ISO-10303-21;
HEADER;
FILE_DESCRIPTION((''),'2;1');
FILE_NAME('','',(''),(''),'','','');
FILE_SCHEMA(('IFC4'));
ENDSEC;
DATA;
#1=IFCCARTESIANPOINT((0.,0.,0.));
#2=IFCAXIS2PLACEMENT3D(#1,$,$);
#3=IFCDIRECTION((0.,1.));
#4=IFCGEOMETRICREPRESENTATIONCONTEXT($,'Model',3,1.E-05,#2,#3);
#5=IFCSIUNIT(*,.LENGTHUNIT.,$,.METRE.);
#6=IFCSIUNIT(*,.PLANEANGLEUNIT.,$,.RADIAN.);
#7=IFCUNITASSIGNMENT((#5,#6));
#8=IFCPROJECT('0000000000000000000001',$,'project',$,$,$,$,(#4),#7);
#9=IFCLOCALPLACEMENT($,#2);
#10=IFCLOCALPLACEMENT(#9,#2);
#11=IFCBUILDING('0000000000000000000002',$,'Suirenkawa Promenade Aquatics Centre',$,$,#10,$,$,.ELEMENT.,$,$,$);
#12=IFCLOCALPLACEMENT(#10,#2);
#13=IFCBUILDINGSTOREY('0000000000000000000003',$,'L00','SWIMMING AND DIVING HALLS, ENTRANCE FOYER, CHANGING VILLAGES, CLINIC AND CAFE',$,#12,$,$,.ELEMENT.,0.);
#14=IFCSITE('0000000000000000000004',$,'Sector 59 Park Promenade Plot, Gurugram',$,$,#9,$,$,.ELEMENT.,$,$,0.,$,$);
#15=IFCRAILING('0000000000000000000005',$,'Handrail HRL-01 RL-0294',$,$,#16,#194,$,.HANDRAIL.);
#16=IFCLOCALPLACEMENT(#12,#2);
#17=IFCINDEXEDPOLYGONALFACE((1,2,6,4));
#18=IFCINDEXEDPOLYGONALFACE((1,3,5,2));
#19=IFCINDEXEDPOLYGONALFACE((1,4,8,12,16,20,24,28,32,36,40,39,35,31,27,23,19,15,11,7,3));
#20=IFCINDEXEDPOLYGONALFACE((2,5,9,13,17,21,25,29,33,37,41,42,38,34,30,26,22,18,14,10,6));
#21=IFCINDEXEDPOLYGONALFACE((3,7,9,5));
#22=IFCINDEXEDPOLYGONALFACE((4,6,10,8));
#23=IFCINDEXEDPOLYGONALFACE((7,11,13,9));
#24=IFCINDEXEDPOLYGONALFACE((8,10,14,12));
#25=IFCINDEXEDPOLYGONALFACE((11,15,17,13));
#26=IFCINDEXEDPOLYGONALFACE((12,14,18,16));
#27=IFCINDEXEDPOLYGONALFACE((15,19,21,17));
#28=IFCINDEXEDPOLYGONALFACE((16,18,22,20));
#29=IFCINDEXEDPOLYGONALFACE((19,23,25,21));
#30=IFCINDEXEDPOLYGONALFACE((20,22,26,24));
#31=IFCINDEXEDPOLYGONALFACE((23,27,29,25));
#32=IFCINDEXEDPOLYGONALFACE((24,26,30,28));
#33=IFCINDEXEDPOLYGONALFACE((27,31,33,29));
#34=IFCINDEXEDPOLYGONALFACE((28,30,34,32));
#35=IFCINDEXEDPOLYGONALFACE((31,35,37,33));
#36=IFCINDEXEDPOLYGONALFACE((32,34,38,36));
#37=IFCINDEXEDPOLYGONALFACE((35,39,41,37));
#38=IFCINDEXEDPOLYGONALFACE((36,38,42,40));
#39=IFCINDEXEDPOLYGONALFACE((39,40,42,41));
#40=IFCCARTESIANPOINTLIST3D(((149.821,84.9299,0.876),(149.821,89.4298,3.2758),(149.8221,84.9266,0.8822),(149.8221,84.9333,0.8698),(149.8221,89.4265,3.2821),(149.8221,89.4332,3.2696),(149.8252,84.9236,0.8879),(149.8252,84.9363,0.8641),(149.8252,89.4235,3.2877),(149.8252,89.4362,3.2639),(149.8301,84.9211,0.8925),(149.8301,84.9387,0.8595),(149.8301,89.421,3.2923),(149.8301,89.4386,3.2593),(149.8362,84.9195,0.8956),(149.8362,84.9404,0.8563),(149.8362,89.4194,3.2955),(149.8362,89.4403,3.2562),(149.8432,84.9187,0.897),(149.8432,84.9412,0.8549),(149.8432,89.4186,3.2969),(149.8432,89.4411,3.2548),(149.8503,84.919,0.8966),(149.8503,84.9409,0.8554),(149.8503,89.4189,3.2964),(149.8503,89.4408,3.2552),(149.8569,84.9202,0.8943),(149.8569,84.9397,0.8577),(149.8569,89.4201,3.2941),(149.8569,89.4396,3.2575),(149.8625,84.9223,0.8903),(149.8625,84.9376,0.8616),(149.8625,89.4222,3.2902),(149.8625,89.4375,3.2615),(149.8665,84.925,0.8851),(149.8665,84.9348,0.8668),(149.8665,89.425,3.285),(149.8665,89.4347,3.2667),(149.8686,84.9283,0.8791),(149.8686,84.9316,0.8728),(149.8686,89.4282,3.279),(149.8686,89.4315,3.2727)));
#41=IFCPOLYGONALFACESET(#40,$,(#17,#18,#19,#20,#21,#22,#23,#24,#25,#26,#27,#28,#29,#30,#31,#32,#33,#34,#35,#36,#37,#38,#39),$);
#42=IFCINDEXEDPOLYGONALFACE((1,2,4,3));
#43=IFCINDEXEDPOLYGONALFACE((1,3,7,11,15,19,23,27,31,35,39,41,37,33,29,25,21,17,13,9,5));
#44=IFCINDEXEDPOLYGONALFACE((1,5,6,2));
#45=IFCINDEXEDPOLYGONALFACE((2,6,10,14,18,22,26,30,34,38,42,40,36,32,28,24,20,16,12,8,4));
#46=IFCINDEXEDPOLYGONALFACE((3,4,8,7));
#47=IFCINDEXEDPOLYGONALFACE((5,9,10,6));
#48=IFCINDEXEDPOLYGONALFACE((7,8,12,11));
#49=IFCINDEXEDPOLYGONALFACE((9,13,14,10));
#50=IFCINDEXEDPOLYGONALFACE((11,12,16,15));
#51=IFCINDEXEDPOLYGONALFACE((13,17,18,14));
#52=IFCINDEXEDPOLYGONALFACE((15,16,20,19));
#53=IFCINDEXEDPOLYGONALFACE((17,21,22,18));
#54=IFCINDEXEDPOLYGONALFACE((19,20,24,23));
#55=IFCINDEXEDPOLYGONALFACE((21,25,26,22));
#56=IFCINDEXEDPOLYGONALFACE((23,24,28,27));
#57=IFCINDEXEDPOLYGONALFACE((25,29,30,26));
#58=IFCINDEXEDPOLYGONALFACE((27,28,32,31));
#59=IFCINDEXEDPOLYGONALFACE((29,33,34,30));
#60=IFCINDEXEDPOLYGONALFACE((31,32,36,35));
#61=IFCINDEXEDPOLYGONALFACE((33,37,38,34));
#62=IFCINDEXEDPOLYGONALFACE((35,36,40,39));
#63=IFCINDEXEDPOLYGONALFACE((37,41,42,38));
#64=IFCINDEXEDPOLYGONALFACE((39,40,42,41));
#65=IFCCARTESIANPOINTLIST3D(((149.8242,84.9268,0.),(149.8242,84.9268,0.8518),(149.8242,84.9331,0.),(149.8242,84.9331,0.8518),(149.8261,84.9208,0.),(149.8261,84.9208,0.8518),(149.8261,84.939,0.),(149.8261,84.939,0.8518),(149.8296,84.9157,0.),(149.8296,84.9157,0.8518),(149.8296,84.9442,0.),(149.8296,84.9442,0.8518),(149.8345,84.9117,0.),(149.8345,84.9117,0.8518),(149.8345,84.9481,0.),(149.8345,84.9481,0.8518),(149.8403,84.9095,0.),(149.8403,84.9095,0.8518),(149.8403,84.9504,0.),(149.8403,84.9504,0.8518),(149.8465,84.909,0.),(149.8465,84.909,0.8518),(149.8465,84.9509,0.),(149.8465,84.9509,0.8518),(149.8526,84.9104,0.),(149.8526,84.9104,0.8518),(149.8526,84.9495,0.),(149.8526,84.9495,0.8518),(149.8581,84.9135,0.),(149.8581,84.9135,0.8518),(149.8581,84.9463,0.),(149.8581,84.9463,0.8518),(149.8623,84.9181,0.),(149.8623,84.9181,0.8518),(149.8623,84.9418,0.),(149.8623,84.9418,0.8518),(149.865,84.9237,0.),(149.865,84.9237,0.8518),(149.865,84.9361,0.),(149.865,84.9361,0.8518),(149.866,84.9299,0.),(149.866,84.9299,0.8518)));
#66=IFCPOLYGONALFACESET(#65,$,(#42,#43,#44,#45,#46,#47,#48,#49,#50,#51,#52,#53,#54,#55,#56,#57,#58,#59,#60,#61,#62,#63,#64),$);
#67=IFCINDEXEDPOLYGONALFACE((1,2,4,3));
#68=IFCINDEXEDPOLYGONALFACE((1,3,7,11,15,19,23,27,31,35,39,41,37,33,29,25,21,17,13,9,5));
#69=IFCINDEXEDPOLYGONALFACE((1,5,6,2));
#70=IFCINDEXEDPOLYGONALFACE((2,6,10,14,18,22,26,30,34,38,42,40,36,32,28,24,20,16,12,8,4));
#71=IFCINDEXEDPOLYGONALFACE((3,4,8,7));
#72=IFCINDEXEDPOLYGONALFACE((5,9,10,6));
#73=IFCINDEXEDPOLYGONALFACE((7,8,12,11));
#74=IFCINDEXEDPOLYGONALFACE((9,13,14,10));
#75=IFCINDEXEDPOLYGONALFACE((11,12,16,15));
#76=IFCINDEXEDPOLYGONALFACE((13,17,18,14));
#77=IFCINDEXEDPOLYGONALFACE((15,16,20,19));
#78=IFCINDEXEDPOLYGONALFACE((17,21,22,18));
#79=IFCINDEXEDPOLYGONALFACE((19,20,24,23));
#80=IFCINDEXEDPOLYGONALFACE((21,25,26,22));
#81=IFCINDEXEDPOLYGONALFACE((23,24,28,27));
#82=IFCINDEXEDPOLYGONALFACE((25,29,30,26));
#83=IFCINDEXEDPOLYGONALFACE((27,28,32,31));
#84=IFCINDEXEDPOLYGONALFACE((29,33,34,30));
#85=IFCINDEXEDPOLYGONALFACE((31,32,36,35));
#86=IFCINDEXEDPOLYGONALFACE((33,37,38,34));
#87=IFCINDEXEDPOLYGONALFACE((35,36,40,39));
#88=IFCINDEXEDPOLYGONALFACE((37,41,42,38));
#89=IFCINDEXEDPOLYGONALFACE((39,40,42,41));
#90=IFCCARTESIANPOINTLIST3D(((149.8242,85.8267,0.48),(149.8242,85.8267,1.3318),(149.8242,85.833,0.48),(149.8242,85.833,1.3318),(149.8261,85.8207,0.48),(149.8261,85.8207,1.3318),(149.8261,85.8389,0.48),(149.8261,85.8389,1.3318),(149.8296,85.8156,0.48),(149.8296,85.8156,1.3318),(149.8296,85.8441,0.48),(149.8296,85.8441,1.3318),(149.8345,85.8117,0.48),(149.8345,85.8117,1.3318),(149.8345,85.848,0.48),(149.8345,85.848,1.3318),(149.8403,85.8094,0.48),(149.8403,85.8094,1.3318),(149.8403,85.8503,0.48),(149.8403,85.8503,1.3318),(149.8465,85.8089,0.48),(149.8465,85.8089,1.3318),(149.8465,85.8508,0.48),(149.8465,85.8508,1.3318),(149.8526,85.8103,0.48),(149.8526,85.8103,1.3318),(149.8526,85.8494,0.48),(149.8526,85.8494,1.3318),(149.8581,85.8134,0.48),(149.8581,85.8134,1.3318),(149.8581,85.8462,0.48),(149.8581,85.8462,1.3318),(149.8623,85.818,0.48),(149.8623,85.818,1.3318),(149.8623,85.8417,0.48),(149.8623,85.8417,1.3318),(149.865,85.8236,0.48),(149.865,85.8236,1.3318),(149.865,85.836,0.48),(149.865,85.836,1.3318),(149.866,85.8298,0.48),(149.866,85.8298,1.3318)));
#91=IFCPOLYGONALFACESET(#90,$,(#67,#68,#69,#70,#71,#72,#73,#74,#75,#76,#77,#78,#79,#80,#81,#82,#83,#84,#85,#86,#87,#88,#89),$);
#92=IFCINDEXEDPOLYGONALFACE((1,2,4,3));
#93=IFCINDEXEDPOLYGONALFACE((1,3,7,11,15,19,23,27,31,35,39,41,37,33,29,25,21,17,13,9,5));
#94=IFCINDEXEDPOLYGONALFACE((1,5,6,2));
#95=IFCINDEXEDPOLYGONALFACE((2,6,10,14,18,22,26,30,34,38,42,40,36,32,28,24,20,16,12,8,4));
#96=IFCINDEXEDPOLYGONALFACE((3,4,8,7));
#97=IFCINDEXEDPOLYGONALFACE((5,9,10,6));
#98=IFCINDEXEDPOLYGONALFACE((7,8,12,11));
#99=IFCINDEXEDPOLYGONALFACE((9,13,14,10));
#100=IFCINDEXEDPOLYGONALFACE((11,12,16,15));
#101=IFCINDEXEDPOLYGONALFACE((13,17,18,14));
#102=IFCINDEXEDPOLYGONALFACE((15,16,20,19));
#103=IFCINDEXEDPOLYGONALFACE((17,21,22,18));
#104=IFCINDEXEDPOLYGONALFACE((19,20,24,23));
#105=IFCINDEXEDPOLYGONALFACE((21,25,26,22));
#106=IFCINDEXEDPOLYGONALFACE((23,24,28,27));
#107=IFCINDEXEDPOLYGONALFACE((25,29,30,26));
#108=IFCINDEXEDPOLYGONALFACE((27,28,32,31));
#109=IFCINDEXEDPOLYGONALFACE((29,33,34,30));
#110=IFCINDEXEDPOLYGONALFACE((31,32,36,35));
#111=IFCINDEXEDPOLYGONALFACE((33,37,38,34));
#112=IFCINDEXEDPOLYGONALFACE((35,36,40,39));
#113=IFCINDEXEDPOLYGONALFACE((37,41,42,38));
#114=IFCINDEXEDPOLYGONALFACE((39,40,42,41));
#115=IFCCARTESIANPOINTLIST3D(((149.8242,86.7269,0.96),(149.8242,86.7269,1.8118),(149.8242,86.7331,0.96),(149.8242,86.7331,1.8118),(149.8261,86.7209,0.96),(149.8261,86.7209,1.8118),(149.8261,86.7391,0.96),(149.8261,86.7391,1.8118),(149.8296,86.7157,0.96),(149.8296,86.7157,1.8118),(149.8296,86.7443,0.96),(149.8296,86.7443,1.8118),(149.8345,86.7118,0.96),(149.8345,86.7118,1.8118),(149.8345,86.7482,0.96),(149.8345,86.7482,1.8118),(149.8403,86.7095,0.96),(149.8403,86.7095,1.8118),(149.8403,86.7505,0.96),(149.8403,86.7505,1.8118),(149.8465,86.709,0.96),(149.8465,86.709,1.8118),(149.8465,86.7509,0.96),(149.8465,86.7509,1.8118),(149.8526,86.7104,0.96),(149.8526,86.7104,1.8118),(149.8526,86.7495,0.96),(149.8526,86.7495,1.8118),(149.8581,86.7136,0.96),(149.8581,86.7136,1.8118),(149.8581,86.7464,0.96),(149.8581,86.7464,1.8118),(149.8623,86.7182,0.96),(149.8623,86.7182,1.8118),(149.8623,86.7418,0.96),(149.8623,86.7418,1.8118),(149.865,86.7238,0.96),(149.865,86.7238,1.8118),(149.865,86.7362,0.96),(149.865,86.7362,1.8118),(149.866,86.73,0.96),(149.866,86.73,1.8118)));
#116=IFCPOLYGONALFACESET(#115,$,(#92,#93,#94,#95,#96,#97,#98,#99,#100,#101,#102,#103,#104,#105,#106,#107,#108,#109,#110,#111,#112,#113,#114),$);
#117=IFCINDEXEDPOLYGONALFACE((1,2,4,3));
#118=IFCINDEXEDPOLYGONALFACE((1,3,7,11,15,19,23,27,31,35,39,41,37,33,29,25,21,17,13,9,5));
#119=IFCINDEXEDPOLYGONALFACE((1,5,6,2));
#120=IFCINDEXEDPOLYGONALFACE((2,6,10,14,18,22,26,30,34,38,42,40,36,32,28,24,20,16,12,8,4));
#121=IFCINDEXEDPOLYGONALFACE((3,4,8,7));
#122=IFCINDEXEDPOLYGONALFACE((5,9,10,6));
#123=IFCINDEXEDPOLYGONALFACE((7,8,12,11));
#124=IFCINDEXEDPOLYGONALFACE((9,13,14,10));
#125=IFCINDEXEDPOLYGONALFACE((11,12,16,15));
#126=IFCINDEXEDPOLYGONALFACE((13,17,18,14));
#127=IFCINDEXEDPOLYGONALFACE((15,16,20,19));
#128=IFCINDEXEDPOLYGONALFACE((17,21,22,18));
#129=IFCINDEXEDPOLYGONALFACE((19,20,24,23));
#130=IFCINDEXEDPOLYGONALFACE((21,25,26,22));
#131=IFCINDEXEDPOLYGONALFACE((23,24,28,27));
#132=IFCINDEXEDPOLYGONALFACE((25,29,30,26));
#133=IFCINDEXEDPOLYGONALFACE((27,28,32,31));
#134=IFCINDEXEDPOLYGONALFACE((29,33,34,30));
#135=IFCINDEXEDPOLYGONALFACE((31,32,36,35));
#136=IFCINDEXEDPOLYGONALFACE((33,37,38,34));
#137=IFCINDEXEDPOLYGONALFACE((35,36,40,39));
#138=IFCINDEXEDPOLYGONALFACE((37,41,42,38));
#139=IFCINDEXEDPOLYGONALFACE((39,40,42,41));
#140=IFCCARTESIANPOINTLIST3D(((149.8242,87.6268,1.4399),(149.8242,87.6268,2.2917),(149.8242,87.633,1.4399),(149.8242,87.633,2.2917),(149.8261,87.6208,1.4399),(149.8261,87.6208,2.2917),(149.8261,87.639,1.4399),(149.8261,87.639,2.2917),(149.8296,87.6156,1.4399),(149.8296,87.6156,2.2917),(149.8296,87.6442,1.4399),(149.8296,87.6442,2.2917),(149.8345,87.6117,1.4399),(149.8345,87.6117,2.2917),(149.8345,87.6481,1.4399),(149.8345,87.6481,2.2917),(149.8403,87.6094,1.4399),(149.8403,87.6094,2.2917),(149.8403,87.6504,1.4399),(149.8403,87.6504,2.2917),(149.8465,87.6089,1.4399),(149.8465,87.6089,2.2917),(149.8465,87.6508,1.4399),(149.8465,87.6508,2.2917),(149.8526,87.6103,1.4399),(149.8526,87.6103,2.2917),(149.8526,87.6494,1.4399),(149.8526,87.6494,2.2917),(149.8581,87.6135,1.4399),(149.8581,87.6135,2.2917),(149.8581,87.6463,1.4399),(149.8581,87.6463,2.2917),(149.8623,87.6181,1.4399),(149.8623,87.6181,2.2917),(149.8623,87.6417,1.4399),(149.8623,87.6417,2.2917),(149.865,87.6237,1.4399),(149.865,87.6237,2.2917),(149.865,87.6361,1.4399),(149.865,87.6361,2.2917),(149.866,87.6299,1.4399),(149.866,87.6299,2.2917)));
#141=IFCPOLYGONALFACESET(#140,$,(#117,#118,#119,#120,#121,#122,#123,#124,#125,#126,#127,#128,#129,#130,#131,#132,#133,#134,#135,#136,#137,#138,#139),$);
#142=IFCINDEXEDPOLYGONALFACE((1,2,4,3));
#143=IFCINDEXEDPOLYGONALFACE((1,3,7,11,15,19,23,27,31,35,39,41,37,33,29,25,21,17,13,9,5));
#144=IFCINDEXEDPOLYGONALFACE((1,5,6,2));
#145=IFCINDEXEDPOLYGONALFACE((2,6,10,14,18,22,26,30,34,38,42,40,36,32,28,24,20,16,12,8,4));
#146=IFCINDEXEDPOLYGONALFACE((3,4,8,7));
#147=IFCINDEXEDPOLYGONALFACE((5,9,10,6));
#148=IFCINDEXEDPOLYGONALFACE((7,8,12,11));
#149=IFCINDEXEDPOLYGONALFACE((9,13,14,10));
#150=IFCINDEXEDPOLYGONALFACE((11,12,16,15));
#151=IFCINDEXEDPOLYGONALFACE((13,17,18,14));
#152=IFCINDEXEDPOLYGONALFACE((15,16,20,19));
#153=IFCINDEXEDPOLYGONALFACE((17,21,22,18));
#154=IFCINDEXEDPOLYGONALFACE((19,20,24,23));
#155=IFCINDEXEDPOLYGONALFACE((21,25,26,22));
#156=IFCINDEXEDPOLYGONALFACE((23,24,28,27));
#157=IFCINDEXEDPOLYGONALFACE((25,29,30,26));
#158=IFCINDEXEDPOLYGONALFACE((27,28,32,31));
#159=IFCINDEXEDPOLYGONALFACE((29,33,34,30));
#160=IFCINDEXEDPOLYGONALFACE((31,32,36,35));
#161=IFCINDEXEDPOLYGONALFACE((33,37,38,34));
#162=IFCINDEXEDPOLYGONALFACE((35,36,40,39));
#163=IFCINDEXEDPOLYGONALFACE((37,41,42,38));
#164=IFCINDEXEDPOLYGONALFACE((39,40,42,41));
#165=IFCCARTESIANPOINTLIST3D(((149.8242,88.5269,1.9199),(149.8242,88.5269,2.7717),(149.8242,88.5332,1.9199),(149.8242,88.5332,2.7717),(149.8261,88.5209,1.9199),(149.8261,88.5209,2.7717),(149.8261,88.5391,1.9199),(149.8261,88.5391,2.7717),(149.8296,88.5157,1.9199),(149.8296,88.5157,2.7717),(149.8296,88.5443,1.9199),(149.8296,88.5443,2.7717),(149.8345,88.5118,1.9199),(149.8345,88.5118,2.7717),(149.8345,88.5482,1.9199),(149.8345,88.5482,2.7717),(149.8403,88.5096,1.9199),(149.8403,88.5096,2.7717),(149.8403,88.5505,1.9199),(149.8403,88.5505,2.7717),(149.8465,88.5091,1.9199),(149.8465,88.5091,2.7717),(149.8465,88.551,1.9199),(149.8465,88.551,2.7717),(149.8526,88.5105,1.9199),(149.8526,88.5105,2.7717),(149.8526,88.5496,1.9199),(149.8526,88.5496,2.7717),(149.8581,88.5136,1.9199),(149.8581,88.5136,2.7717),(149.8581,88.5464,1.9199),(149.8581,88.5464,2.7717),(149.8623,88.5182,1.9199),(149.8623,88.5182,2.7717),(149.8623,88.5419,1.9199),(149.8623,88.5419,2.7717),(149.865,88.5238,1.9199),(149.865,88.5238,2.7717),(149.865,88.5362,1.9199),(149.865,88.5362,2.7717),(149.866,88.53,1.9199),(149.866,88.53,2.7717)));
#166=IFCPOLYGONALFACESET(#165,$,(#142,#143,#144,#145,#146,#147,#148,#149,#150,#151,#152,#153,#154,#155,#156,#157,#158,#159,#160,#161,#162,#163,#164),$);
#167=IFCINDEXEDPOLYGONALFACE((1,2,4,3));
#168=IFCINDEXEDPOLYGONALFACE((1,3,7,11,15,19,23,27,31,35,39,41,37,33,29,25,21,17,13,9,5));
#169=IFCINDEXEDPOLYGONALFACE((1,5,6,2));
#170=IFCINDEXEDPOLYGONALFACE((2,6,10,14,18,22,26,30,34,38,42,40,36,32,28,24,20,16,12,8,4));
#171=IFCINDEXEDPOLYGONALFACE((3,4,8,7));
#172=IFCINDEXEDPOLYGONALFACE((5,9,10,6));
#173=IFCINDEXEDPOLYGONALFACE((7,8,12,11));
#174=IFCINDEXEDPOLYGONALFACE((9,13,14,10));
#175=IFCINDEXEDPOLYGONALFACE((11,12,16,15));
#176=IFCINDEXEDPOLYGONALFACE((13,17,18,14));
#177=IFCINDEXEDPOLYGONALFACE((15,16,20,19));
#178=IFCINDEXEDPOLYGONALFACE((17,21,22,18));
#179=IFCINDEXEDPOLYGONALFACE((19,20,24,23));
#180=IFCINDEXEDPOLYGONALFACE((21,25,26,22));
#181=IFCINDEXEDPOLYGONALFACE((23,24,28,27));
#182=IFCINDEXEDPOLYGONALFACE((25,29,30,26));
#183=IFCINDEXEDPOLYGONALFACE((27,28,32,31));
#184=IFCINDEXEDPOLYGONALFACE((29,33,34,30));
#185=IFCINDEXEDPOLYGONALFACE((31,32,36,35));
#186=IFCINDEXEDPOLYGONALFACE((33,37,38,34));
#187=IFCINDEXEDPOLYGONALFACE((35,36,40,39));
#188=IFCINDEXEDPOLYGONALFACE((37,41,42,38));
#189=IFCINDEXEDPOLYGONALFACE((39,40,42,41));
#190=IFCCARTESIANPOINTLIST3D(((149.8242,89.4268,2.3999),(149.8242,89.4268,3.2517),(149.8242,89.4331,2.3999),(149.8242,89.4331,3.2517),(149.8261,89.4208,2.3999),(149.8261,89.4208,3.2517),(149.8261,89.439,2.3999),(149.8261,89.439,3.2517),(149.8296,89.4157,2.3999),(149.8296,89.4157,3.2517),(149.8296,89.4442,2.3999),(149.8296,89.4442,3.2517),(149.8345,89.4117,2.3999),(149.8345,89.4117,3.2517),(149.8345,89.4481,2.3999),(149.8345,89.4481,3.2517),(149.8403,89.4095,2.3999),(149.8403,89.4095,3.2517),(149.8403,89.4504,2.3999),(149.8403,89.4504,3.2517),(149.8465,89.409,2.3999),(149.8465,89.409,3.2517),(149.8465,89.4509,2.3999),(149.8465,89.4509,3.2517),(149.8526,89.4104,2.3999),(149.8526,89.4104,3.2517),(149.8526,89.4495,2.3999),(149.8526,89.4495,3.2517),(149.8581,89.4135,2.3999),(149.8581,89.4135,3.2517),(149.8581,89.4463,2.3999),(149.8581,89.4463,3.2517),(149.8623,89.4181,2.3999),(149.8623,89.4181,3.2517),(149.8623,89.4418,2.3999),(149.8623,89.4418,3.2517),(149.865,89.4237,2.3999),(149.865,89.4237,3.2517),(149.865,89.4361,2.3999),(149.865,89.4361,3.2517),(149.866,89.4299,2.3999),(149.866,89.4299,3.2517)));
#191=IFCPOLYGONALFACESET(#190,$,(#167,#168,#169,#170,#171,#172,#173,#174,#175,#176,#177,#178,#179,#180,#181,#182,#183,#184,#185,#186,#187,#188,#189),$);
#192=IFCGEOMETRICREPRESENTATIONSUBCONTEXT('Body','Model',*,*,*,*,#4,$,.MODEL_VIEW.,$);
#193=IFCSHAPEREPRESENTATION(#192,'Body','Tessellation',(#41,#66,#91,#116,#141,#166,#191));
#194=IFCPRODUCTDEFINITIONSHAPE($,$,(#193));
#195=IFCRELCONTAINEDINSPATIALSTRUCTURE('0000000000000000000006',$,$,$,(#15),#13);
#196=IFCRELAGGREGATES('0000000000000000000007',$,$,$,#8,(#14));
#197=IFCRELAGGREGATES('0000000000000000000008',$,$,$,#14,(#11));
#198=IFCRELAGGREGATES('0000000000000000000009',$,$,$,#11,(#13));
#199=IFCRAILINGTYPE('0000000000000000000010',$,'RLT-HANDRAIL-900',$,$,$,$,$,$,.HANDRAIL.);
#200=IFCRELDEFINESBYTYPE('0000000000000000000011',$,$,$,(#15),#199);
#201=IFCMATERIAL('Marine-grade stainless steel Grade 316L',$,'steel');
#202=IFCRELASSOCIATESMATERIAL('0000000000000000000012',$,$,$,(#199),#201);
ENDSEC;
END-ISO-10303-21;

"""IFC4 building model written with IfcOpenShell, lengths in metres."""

from ifc_helpers import new_model, si_unit, direction, frame, origin, origin_2d, place, context, subcontext, project, spatial, circle, extrude, material, type_object, element, save


model = new_model("IFC4")

# Units and contexts
model_context = context("Model", 3, precision=1e-05, world=origin(), true_north=direction((0.0, 1.0)))
body_context = subcontext(model_context, "Body", "Model", "MODEL_VIEW")
ifc_project = project(units=[si_unit("LENGTHUNIT", "METRE"), si_unit("PLANEANGLEUNIT", "RADIAN")], contexts=[model_context])

# Site, building, storey
site_placement = place(None, origin())
site = spatial("IfcSite", under=ifc_project, at=site_placement, Name="Sector 59 Park Promenade Plot, Gurugram", CompositionType="ELEMENT", RefElevation=0.0)
building_placement = place(site_placement, origin())
building = spatial("IfcBuilding", under=site, at=building_placement, Name="Suirenkawa Promenade Aquatics Centre", CompositionType="ELEMENT")
storey_placement = place(building_placement, origin())
storey = spatial("IfcBuildingStorey", under=building, at=storey_placement, Name="L00", Description="SWIMMING AND DIVING HALLS, ENTRANCE FOYER, CHANGING VILLAGES, CLINIC AND CAFE", CompositionType="ELEMENT", Elevation=0.0)

# Railing
ifc_material_1 = material(Name="Marine-grade stainless steel Grade 316L", Category="steel")
railing_type_1 = type_object("IfcRailingType", Name="RLT-HANDRAIL-900", PredefinedType="HANDRAIL", material=ifc_material_1)
for number, where, name in (
    (1, (149.845, 84.9299, 0.0), "Handrail HRL-01 RL-0294"),
):
    element("IfcRailing", number, at=place(storey_placement, frame(where)), inside=storey, type_object=railing_type_1, Name=name, PredefinedType="HANDRAIL", context=body_context, shape_type="SweptSolid", body=[
        extrude(circle(Radius=0.0239, at=origin_2d()), frame((0.0, 0.0, 0.876), z_axis=(0.0, 0.882361, 0.470573), x_axis=(-1.0, 0.0, 0.0)), (0.0, 0.0, 1.0), 5.0999),
        extrude(circle(Radius=0.021, at=origin_2d()), origin(), (0.0, 0.0, 1.0), 0.8518),
        extrude(circle(Radius=0.021, at=origin_2d()), frame((0.0, 0.8999, 0.48)), (0.0, 0.0, 1.0), 0.8518),
        extrude(circle(Radius=0.021, at=origin_2d()), frame((0.0, 1.8, 0.96)), (0.0, 0.0, 1.0), 0.8518),
        extrude(circle(Radius=0.021, at=origin_2d()), frame((0.0, 2.7, 1.4399)), (0.0, 0.0, 1.0), 0.8518),
        extrude(circle(Radius=0.021, at=origin_2d()), frame((0.0, 3.6001, 1.9199)), (0.0, 0.0, 1.0), 0.8518),
        extrude(circle(Radius=0.021, at=origin_2d()), frame((0.0, 4.5, 2.3999)), (0.0, 0.0, 1.0), 0.8518),
    ])

save(model, "model.ifc")
